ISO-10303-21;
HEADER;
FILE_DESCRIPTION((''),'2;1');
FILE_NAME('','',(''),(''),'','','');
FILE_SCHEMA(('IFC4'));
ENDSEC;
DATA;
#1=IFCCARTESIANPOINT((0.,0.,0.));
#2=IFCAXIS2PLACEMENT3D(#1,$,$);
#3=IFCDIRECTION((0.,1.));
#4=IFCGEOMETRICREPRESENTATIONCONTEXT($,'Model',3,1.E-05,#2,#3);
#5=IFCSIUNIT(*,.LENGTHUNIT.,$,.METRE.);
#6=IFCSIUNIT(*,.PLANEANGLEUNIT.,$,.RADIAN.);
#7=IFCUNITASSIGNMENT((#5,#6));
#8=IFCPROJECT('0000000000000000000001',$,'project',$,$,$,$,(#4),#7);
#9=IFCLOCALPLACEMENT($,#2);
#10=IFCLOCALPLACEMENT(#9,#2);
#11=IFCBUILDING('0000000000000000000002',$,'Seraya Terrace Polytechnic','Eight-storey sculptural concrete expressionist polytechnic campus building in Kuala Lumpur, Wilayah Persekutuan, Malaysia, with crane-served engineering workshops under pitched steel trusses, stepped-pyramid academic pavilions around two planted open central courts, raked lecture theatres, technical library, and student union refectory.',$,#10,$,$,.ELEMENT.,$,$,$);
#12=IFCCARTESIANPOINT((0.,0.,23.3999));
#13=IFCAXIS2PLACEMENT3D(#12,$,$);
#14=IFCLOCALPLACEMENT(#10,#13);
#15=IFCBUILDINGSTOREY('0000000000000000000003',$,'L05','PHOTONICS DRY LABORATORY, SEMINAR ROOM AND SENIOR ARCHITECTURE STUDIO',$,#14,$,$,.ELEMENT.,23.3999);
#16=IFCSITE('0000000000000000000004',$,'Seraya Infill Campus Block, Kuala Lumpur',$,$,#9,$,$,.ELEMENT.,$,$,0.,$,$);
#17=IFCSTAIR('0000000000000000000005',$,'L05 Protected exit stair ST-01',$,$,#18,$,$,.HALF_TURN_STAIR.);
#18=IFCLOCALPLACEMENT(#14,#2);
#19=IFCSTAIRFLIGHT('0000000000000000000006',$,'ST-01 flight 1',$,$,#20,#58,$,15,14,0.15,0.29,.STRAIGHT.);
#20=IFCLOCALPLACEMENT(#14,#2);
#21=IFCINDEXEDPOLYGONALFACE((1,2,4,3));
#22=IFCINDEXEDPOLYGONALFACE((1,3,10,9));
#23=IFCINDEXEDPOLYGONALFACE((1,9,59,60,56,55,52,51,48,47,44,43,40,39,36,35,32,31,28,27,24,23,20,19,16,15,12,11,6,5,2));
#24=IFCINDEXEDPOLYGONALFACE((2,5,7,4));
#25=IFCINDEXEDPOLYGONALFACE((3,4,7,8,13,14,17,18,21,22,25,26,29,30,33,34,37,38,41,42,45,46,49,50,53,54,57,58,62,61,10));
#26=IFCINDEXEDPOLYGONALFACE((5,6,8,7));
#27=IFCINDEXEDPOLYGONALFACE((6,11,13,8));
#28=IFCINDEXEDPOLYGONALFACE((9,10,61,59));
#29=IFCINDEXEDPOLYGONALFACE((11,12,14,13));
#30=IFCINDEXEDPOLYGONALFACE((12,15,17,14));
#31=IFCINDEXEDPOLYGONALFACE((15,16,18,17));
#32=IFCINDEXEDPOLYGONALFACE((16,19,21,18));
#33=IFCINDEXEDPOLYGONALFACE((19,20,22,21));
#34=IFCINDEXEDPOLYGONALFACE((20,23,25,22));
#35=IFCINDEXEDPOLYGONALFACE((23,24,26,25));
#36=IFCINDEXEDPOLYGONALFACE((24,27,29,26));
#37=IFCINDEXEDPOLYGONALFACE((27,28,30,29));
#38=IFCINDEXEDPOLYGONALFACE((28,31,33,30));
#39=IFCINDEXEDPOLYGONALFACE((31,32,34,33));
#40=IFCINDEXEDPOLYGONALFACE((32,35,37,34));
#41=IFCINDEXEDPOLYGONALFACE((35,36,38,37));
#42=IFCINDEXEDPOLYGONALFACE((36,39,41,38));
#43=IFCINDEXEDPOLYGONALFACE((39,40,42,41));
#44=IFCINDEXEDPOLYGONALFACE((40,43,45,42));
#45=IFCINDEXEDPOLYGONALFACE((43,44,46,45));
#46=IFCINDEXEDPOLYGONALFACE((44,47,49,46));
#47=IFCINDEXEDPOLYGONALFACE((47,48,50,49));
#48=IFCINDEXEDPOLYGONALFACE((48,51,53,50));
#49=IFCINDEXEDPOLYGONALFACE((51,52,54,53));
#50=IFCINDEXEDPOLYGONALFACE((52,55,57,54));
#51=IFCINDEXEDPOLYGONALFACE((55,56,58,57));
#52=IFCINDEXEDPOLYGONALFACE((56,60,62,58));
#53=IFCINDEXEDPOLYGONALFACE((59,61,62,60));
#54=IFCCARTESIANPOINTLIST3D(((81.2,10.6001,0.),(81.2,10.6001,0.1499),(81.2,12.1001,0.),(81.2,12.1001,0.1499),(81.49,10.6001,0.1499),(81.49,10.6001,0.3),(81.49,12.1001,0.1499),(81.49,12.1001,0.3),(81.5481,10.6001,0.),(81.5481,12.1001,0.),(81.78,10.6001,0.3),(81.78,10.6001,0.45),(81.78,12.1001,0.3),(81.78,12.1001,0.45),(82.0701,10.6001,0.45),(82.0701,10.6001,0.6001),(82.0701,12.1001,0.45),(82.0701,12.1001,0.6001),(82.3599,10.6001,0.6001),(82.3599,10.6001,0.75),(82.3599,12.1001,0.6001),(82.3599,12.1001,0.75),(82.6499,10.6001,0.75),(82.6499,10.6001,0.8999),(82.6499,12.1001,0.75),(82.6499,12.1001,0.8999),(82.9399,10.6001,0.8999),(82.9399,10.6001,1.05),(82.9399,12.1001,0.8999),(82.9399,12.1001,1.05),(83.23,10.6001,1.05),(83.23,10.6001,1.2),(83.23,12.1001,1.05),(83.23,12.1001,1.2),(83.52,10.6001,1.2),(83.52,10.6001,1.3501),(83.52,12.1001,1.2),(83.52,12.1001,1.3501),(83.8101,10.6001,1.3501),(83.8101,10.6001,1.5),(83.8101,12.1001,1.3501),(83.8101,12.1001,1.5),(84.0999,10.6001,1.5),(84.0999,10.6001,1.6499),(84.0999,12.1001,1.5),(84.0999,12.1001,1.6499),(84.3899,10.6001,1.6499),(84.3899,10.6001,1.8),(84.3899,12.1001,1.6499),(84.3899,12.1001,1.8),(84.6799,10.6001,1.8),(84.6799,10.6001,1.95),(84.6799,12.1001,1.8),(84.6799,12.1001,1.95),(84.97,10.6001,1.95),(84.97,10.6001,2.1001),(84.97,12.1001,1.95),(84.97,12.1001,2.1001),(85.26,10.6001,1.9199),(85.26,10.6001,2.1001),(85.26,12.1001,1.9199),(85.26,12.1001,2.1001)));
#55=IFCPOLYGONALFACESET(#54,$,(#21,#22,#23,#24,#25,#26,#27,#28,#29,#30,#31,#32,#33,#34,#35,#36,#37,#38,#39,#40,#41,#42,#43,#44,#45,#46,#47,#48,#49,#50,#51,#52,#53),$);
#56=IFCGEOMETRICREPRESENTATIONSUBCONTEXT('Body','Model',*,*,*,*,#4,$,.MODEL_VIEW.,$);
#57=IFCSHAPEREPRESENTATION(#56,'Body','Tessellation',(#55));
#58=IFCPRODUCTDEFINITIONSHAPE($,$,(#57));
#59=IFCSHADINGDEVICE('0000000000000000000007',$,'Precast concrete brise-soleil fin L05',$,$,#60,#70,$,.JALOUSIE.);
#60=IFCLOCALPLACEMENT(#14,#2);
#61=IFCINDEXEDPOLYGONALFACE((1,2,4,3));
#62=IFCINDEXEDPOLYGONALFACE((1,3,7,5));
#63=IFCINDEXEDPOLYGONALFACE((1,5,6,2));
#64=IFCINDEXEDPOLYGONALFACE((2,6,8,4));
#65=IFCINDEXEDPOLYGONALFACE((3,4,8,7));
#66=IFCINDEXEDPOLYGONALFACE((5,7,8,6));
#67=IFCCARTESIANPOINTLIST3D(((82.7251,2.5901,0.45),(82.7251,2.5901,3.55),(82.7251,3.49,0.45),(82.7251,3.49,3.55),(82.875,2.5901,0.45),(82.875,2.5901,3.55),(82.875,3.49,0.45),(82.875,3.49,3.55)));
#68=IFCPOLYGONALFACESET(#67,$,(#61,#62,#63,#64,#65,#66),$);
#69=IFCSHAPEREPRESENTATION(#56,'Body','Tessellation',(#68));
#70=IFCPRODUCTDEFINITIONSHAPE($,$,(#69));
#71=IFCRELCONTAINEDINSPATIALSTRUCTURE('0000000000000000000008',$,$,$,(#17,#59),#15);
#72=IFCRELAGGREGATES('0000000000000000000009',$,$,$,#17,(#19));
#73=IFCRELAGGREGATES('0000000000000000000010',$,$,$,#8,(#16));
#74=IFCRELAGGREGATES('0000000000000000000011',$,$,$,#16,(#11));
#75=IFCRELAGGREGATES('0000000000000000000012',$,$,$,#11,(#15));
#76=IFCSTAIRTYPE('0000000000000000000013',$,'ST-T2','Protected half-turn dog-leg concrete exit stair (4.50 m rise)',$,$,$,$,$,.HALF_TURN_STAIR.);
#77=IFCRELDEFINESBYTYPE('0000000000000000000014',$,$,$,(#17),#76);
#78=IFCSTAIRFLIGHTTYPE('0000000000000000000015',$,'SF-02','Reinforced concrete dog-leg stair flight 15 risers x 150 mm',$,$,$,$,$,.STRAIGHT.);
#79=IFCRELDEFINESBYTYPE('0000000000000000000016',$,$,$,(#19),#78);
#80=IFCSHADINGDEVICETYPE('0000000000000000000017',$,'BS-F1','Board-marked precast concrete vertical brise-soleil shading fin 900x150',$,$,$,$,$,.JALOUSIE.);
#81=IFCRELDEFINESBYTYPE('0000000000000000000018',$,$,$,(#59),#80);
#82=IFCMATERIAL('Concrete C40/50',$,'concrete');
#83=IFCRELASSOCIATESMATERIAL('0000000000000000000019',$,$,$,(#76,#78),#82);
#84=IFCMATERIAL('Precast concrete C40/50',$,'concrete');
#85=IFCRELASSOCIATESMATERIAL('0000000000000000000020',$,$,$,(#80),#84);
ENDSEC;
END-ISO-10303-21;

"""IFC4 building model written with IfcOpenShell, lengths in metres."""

from ifc_helpers import new_model, si_unit, direction, frame, origin, origin_2d, place, context, subcontext, project, spatial, polyline, rectangle, outline, extrude, material, type_object, element, aggregate, save


model = new_model("IFC4")

# Units and contexts
model_context = context("Model", 3, precision=1e-05, world=origin(), true_north=direction((0.0, 1.0)))
body_context = subcontext(model_context, "Body", "Model", "MODEL_VIEW")
ifc_project = project(units=[si_unit("LENGTHUNIT", "METRE"), si_unit("PLANEANGLEUNIT", "RADIAN")], contexts=[model_context])

# Site, building, storey
site_placement = place(None, origin())
site = spatial("IfcSite", under=ifc_project, at=site_placement, Name="Seraya Infill Campus Block, Kuala Lumpur", CompositionType="ELEMENT", RefElevation=0.0)
building_placement = place(site_placement, origin())
building = spatial("IfcBuilding", under=site, at=building_placement, Name="Seraya Terrace Polytechnic", Description="Eight-storey sculptural concrete expressionist polytechnic campus building in Kuala Lumpur, Wilayah Persekutuan, Malaysia, with crane-served engineering workshops under pitched steel trusses, stepped-pyramid academic pavilions around two planted open central courts, raked lecture theatres, technical library, and student union refectory.", CompositionType="ELEMENT")
storey_placement = place(building_placement, frame((0.0, 0.0, 23.3999)))
storey = spatial("IfcBuildingStorey", under=building, at=storey_placement, Name="L05", Description="PHOTONICS DRY LABORATORY, SEMINAR ROOM AND SENIOR ARCHITECTURE STUDIO", CompositionType="ELEMENT", Elevation=23.3999)

# Shared definitions
ifc_material_1 = material(Name="Concrete C40/50", Category="concrete")

# Shared definitions
ifc_material_2 = material(Name="Precast concrete C40/50", Category="concrete")

# Stair, stair flight
stair_type = type_object("IfcStairType", Name="ST-T2", Description="Protected half-turn dog-leg concrete exit stair (4.50 m rise)", PredefinedType="HALF_TURN_STAIR", material=ifc_material_1)
stair_placement = place(storey_placement, origin())
stair = element("IfcStair", 1, at=stair_placement, inside=storey, type_object=stair_type, Name="L05 Protected exit stair ST-01", PredefinedType="HALF_TURN_STAIR")
stair_flight_type = type_object("IfcStairFlightType", Name="SF-02", Description="Reinforced concrete dog-leg stair flight 15 risers x 150 mm", PredefinedType="STRAIGHT", material=ifc_material_1)
stair_flight_placement = place(storey_placement, frame((81.2, 11.3501, 0.0), z_axis=(0.0, 0.0, 1.0), x_axis=(1.0, 0.0, 0.0)))
stair_flight = element("IfcStairFlight", 2, at=stair_flight_placement, type_object=stair_flight_type, Name="ST-01 flight 1", NumberOfRisers=15, NumberOfTreads=14, PredefinedType="STRAIGHT", RiserHeight=0.15, TreadLength=0.29, context=body_context, shape_type="SweptSolid", body=[
    extrude(outline(polyline([(0.0, 0.0), (0.0, 0.1499), (0.29, 0.1499), (0.29, 0.3), (0.5801, 0.3), (0.5801, 0.45), (0.8701, 0.45), (0.8701, 0.6001), (1.1599, 0.6001), (1.1599, 0.75), (1.45, 0.75), (1.45, 0.8999), (1.74, 0.8999), (1.74, 1.05), (2.03, 1.05), (2.03, 1.2), (2.3201, 1.2), (2.3201, 1.3501), (2.6101, 1.3501), (2.6101, 1.5), (2.8999, 1.5), (2.8999, 1.6499), (3.1899, 1.6499), (3.1899, 1.8), (3.48, 1.8), (3.48, 1.95), (3.77, 1.95), (3.77, 2.1001), (4.0601, 2.1001), (4.0601, 2.25), (4.0601, 1.9199), (0.3481, 0.0), (0.0, 0.0)])), frame((0.0, 0.75, 0.0), z_axis=(0.0, -1.0, 0.0), x_axis=(1.0, 0.0, 0.0)), (0.0, 0.0, 1.0), 1.5),
])
aggregate(stair, [stair_flight])

# Shading device
shading_device_type = type_object("IfcShadingDeviceType", Name="BS-F1", Description="Board-marked precast concrete vertical brise-soleil shading fin 900x150", PredefinedType="JALOUSIE", material=ifc_material_2)
shading_device_placement = place(storey_placement, frame((82.8, 3.04, 0.45), z_axis=(0.0, 0.0, 1.0), x_axis=(0.0, -1.0, 0.0)))
element("IfcShadingDevice", 3, at=shading_device_placement, inside=storey, type_object=shading_device_type, Name="Precast concrete brise-soleil fin L05", PredefinedType="JALOUSIE", context=body_context, shape_type="SweptSolid", body=[
    extrude(rectangle(XDim=0.8999, YDim=0.1499, at=origin_2d()), origin(), (0.0, 0.0, 1.0), 3.1001),
])

save(model, "model.ifc")
